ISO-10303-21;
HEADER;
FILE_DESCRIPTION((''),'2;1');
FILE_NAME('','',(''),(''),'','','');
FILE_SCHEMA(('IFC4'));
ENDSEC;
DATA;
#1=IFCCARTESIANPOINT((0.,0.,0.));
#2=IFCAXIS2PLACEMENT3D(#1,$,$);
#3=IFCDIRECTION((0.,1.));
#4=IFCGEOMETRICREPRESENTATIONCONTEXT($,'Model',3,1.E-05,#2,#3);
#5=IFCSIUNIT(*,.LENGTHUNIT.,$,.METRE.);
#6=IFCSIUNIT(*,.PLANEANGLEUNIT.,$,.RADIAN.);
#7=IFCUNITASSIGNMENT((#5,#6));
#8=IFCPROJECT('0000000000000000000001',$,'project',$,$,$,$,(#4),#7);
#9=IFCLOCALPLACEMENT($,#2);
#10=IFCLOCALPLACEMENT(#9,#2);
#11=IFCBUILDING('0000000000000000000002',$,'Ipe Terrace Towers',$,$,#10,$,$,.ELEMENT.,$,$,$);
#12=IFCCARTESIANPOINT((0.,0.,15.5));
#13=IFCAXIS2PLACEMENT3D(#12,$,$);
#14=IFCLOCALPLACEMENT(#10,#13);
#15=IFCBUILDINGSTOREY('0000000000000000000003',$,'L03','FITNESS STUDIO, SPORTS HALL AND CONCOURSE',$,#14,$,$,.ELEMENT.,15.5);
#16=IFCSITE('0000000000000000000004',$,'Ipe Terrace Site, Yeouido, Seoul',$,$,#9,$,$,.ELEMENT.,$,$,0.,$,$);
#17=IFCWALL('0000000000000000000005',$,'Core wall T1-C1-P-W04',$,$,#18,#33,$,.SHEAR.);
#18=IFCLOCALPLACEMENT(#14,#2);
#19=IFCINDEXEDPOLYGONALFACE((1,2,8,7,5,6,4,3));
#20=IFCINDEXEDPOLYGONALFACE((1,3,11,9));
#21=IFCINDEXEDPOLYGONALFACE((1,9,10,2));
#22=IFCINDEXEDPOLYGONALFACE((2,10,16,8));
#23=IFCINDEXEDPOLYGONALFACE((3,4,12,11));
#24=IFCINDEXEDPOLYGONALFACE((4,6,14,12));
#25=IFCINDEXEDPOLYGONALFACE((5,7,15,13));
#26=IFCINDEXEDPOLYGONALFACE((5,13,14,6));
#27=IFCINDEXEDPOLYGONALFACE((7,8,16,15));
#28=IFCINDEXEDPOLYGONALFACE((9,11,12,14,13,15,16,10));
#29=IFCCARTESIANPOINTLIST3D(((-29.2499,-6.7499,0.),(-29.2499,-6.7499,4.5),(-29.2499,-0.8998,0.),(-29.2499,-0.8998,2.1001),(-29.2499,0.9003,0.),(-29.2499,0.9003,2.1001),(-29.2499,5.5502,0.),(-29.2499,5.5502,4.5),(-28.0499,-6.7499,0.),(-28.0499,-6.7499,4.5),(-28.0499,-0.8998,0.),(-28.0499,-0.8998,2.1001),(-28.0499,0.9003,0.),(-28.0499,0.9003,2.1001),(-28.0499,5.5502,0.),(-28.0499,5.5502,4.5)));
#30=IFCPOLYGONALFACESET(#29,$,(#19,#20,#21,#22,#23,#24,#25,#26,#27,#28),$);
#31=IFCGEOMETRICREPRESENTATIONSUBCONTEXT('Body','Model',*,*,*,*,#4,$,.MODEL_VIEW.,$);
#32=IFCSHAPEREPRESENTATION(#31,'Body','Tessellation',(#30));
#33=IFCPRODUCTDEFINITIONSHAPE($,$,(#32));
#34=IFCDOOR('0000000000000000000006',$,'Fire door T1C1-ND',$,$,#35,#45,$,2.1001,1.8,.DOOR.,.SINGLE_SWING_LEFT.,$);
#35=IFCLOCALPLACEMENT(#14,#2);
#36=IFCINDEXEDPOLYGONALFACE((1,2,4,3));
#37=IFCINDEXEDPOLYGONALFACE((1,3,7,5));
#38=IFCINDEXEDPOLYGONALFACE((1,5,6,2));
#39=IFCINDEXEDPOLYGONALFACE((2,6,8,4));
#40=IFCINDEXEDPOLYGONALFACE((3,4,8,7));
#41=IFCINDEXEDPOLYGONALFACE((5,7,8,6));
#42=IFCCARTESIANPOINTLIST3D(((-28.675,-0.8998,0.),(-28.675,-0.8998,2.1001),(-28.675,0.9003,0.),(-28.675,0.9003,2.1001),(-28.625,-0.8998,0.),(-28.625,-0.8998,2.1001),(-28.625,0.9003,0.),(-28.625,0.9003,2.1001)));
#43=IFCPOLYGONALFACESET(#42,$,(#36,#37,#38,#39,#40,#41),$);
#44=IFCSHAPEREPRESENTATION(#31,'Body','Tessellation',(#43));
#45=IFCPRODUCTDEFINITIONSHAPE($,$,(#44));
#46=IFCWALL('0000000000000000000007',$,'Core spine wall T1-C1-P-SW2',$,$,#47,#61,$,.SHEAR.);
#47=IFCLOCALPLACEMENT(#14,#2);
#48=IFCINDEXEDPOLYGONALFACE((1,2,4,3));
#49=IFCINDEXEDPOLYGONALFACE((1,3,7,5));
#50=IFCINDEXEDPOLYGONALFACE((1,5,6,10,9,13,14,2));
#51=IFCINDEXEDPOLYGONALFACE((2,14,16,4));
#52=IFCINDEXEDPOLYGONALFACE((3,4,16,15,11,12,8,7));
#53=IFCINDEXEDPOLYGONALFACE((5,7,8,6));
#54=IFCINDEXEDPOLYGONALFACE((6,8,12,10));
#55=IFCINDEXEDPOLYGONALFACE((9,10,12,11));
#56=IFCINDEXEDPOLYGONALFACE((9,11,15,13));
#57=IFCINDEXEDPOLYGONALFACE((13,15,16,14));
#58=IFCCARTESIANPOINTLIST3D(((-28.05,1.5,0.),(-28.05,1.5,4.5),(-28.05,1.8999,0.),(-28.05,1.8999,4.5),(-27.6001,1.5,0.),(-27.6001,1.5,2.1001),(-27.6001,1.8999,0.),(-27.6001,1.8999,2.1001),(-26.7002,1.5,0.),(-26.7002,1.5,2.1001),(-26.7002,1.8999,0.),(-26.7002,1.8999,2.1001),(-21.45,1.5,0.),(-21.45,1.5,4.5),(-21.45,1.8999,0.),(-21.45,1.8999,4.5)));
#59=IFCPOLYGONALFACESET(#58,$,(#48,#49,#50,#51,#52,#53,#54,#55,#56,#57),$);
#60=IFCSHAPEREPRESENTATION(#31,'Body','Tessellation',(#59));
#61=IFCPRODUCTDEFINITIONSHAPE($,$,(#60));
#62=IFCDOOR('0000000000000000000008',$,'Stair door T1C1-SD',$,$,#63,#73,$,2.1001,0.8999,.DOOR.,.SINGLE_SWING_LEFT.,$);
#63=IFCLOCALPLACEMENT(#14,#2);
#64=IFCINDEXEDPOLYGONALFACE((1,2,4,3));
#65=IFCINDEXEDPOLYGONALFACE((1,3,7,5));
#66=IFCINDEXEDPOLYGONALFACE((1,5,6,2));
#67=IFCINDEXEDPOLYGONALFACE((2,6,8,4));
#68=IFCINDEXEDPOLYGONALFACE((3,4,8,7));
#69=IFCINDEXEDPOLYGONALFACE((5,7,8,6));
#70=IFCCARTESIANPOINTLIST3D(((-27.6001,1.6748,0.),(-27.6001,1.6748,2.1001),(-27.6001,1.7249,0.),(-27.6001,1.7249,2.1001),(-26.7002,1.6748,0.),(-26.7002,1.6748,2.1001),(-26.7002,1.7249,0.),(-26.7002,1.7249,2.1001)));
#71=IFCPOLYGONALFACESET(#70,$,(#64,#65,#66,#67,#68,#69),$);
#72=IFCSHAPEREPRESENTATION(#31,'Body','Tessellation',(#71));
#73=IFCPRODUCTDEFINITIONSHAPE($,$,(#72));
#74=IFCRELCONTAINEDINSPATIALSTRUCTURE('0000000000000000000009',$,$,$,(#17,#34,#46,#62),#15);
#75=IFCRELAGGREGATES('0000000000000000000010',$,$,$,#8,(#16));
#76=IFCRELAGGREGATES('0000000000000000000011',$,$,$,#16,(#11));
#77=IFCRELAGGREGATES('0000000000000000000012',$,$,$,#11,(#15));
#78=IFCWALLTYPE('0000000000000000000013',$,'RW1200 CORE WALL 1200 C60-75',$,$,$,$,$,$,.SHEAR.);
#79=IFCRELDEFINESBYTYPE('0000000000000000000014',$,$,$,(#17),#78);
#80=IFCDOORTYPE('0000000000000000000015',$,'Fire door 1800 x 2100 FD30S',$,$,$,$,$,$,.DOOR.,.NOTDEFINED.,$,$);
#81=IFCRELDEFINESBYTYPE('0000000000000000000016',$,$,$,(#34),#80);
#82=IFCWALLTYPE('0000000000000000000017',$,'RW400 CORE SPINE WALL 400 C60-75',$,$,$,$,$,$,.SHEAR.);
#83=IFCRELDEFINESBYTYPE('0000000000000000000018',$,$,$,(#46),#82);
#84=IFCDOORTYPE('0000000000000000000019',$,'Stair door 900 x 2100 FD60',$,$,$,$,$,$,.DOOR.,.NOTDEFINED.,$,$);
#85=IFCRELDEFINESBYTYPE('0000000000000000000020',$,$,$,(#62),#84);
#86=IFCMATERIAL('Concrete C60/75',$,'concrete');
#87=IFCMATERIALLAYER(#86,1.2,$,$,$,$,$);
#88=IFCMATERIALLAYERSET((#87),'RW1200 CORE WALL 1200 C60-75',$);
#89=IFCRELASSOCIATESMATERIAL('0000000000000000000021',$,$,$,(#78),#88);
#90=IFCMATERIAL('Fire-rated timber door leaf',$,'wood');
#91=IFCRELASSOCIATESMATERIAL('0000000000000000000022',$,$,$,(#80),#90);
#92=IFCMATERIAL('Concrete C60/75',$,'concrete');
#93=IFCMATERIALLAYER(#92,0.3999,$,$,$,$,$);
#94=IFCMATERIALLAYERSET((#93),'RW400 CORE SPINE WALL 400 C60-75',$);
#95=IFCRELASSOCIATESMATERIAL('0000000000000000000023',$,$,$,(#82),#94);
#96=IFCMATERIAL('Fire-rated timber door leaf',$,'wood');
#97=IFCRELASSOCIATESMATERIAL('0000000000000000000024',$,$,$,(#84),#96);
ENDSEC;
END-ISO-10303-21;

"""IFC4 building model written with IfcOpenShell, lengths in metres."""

from ifc_helpers import new_model, si_unit, direction, frame, frame_2d, origin, place, context, subcontext, project, spatial, rectangle, extrude, material, layer, layer_set, type_object, element, fill, save


model = new_model("IFC4")

# Units and contexts
model_context = context("Model", 3, precision=1e-05, world=origin(), true_north=direction((0.0, 1.0)))
body_context = subcontext(model_context, "Body", "Model", "MODEL_VIEW")
ifc_project = project(units=[si_unit("LENGTHUNIT", "METRE"), si_unit("PLANEANGLEUNIT", "RADIAN")], contexts=[model_context])

# Site, building, storey
site_placement = place(None, origin())
site = spatial("IfcSite", under=ifc_project, at=site_placement, Name="Ipe Terrace Site, Yeouido, Seoul", CompositionType="ELEMENT", RefElevation=0.0)
building_placement = place(site_placement, origin())
building = spatial("IfcBuilding", under=site, at=building_placement, Name="Ipe Terrace Towers", CompositionType="ELEMENT")
storey_placement = place(building_placement, frame((0.0, 0.0, 15.5)))
storey = spatial("IfcBuildingStorey", under=building, at=storey_placement, Name="L03", Description="FITNESS STUDIO, SPORTS HALL AND CONCOURSE", CompositionType="ELEMENT", Elevation=15.5)

# Shared definitions
ifc_material_1 = material(Name="Concrete C60/75", Category="concrete")
ifc_layer_1 = layer(ifc_material_1, 1.2)
ifc_layer_set_1 = layer_set([ifc_layer_1], Name="RW1200 CORE WALL 1200 C60-75")
wall_type_1 = type_object("IfcWallType", Name="RW1200 CORE WALL 1200 C60-75", PredefinedType="SHEAR", material=ifc_layer_set_1)

# Walls, openings, doors
wall_1_placement = place(storey_placement, frame((-28.6499, 5.55, 0.0), z_axis=(0.0, 0.0, 1.0), x_axis=(0.0, -1.0, 0.0)))
wall_1 = element("IfcWall", 1, at=wall_1_placement, inside=storey, type_object=wall_type_1, Name="Core wall T1-C1-P-W04", PredefinedType="SHEAR", context=body_context, shape_type="SweptSolid", body=[
    extrude(rectangle(XDim=12.3, YDim=1.2, at=frame_2d((6.1499, 0.0))), origin(), (0.0, 0.0, 1.0), 4.5),
])
opening_1_placement = place(wall_1_placement, frame((4.6499, 0.0, 0.0)))
opening_1 = element("IfcOpeningElement", 2, at=opening_1_placement, cuts=wall_1, PredefinedType="OPENING", context=body_context, shape_type="SweptSolid", body=[
    extrude(rectangle(XDim=1.8, YDim=2.1001, at=frame_2d((0.8999, 1.05))), frame((0.0, 0.6099, 0.0), z_axis=(0.0, -1.0, 0.0), x_axis=(1.0, 0.0, 0.0)), (0.0, 0.0, 1.0), 1.22),
])
ifc_material_2 = material(Name="Fire-rated timber door leaf", Category="wood")
door_type_1 = type_object("IfcDoorType", Name="Fire door 1800 x 2100 FD30S", OperationType="NOTDEFINED", PredefinedType="DOOR", material=ifc_material_2)
door_1_placement = place(opening_1_placement, origin())
door_1 = element("IfcDoor", 3, at=door_1_placement, inside=storey, type_object=door_type_1, Name="Fire door T1C1-ND", OperationType="SINGLE_SWING_LEFT", OverallHeight=2.1001, OverallWidth=1.8, PredefinedType="DOOR", context=body_context, shape_type="SweptSolid", body=[
    extrude(rectangle(XDim=1.8, YDim=2.1001, at=frame_2d((0.8999, 1.05))), frame((0.0, 0.0249, 0.0), z_axis=(0.0, -1.0, 0.0), x_axis=(1.0, 0.0, 0.0)), (0.0, 0.0, 1.0), 0.05),
])
fill(opening_1, door_1)
ifc_material_3 = material(Name="Concrete C60/75", Category="concrete")
ifc_layer_2 = layer(ifc_material_3, 0.3999)
ifc_layer_set_2 = layer_set([ifc_layer_2], Name="RW400 CORE SPINE WALL 400 C60-75")
wall_type_2 = type_object("IfcWallType", Name="RW400 CORE SPINE WALL 400 C60-75", PredefinedType="SHEAR", material=ifc_layer_set_2)
wall_2_placement = place(storey_placement, frame((-28.05, 1.7, 0.0), z_axis=(0.0, 0.0, 1.0), x_axis=(1.0, 0.0, 0.0)))
wall_2 = element("IfcWall", 4, at=wall_2_placement, inside=storey, type_object=wall_type_2, Name="Core spine wall T1-C1-P-SW2", PredefinedType="SHEAR", context=body_context, shape_type="SweptSolid", body=[
    extrude(rectangle(XDim=6.6001, YDim=0.3999, at=frame_2d((3.3, 0.0))), origin(), (0.0, 0.0, 1.0), 4.5),
])
opening_2_placement = place(wall_2_placement, frame((0.45, 0.0, 0.0)))
opening_2 = element("IfcOpeningElement", 5, at=opening_2_placement, cuts=wall_2, PredefinedType="OPENING", context=body_context, shape_type="SweptSolid", body=[
    extrude(rectangle(XDim=0.8999, YDim=2.1001, at=frame_2d((0.45, 1.05))), frame((0.0, 0.21, 0.0), z_axis=(0.0, -1.0, 0.0), x_axis=(1.0, 0.0, 0.0)), (0.0, 0.0, 1.0), 0.4199),
])
ifc_material_4 = material(Name="Fire-rated timber door leaf", Category="wood")
door_type_2 = type_object("IfcDoorType", Name="Stair door 900 x 2100 FD60", OperationType="NOTDEFINED", PredefinedType="DOOR", material=ifc_material_4)
door_2_placement = place(opening_2_placement, origin())
door_2 = element("IfcDoor", 6, at=door_2_placement, inside=storey, type_object=door_type_2, Name="Stair door T1C1-SD", OperationType="SINGLE_SWING_LEFT", OverallHeight=2.1001, OverallWidth=0.8999, PredefinedType="DOOR", context=body_context, shape_type="SweptSolid", body=[
    extrude(rectangle(XDim=0.8999, YDim=2.1001, at=frame_2d((0.45, 1.05))), frame((0.0, 0.0249, 0.0), z_axis=(0.0, -1.0, 0.0), x_axis=(1.0, 0.0, 0.0)), (0.0, 0.0, 1.0), 0.05),
])
fill(opening_2, door_2)

save(model, "model.ifc")
